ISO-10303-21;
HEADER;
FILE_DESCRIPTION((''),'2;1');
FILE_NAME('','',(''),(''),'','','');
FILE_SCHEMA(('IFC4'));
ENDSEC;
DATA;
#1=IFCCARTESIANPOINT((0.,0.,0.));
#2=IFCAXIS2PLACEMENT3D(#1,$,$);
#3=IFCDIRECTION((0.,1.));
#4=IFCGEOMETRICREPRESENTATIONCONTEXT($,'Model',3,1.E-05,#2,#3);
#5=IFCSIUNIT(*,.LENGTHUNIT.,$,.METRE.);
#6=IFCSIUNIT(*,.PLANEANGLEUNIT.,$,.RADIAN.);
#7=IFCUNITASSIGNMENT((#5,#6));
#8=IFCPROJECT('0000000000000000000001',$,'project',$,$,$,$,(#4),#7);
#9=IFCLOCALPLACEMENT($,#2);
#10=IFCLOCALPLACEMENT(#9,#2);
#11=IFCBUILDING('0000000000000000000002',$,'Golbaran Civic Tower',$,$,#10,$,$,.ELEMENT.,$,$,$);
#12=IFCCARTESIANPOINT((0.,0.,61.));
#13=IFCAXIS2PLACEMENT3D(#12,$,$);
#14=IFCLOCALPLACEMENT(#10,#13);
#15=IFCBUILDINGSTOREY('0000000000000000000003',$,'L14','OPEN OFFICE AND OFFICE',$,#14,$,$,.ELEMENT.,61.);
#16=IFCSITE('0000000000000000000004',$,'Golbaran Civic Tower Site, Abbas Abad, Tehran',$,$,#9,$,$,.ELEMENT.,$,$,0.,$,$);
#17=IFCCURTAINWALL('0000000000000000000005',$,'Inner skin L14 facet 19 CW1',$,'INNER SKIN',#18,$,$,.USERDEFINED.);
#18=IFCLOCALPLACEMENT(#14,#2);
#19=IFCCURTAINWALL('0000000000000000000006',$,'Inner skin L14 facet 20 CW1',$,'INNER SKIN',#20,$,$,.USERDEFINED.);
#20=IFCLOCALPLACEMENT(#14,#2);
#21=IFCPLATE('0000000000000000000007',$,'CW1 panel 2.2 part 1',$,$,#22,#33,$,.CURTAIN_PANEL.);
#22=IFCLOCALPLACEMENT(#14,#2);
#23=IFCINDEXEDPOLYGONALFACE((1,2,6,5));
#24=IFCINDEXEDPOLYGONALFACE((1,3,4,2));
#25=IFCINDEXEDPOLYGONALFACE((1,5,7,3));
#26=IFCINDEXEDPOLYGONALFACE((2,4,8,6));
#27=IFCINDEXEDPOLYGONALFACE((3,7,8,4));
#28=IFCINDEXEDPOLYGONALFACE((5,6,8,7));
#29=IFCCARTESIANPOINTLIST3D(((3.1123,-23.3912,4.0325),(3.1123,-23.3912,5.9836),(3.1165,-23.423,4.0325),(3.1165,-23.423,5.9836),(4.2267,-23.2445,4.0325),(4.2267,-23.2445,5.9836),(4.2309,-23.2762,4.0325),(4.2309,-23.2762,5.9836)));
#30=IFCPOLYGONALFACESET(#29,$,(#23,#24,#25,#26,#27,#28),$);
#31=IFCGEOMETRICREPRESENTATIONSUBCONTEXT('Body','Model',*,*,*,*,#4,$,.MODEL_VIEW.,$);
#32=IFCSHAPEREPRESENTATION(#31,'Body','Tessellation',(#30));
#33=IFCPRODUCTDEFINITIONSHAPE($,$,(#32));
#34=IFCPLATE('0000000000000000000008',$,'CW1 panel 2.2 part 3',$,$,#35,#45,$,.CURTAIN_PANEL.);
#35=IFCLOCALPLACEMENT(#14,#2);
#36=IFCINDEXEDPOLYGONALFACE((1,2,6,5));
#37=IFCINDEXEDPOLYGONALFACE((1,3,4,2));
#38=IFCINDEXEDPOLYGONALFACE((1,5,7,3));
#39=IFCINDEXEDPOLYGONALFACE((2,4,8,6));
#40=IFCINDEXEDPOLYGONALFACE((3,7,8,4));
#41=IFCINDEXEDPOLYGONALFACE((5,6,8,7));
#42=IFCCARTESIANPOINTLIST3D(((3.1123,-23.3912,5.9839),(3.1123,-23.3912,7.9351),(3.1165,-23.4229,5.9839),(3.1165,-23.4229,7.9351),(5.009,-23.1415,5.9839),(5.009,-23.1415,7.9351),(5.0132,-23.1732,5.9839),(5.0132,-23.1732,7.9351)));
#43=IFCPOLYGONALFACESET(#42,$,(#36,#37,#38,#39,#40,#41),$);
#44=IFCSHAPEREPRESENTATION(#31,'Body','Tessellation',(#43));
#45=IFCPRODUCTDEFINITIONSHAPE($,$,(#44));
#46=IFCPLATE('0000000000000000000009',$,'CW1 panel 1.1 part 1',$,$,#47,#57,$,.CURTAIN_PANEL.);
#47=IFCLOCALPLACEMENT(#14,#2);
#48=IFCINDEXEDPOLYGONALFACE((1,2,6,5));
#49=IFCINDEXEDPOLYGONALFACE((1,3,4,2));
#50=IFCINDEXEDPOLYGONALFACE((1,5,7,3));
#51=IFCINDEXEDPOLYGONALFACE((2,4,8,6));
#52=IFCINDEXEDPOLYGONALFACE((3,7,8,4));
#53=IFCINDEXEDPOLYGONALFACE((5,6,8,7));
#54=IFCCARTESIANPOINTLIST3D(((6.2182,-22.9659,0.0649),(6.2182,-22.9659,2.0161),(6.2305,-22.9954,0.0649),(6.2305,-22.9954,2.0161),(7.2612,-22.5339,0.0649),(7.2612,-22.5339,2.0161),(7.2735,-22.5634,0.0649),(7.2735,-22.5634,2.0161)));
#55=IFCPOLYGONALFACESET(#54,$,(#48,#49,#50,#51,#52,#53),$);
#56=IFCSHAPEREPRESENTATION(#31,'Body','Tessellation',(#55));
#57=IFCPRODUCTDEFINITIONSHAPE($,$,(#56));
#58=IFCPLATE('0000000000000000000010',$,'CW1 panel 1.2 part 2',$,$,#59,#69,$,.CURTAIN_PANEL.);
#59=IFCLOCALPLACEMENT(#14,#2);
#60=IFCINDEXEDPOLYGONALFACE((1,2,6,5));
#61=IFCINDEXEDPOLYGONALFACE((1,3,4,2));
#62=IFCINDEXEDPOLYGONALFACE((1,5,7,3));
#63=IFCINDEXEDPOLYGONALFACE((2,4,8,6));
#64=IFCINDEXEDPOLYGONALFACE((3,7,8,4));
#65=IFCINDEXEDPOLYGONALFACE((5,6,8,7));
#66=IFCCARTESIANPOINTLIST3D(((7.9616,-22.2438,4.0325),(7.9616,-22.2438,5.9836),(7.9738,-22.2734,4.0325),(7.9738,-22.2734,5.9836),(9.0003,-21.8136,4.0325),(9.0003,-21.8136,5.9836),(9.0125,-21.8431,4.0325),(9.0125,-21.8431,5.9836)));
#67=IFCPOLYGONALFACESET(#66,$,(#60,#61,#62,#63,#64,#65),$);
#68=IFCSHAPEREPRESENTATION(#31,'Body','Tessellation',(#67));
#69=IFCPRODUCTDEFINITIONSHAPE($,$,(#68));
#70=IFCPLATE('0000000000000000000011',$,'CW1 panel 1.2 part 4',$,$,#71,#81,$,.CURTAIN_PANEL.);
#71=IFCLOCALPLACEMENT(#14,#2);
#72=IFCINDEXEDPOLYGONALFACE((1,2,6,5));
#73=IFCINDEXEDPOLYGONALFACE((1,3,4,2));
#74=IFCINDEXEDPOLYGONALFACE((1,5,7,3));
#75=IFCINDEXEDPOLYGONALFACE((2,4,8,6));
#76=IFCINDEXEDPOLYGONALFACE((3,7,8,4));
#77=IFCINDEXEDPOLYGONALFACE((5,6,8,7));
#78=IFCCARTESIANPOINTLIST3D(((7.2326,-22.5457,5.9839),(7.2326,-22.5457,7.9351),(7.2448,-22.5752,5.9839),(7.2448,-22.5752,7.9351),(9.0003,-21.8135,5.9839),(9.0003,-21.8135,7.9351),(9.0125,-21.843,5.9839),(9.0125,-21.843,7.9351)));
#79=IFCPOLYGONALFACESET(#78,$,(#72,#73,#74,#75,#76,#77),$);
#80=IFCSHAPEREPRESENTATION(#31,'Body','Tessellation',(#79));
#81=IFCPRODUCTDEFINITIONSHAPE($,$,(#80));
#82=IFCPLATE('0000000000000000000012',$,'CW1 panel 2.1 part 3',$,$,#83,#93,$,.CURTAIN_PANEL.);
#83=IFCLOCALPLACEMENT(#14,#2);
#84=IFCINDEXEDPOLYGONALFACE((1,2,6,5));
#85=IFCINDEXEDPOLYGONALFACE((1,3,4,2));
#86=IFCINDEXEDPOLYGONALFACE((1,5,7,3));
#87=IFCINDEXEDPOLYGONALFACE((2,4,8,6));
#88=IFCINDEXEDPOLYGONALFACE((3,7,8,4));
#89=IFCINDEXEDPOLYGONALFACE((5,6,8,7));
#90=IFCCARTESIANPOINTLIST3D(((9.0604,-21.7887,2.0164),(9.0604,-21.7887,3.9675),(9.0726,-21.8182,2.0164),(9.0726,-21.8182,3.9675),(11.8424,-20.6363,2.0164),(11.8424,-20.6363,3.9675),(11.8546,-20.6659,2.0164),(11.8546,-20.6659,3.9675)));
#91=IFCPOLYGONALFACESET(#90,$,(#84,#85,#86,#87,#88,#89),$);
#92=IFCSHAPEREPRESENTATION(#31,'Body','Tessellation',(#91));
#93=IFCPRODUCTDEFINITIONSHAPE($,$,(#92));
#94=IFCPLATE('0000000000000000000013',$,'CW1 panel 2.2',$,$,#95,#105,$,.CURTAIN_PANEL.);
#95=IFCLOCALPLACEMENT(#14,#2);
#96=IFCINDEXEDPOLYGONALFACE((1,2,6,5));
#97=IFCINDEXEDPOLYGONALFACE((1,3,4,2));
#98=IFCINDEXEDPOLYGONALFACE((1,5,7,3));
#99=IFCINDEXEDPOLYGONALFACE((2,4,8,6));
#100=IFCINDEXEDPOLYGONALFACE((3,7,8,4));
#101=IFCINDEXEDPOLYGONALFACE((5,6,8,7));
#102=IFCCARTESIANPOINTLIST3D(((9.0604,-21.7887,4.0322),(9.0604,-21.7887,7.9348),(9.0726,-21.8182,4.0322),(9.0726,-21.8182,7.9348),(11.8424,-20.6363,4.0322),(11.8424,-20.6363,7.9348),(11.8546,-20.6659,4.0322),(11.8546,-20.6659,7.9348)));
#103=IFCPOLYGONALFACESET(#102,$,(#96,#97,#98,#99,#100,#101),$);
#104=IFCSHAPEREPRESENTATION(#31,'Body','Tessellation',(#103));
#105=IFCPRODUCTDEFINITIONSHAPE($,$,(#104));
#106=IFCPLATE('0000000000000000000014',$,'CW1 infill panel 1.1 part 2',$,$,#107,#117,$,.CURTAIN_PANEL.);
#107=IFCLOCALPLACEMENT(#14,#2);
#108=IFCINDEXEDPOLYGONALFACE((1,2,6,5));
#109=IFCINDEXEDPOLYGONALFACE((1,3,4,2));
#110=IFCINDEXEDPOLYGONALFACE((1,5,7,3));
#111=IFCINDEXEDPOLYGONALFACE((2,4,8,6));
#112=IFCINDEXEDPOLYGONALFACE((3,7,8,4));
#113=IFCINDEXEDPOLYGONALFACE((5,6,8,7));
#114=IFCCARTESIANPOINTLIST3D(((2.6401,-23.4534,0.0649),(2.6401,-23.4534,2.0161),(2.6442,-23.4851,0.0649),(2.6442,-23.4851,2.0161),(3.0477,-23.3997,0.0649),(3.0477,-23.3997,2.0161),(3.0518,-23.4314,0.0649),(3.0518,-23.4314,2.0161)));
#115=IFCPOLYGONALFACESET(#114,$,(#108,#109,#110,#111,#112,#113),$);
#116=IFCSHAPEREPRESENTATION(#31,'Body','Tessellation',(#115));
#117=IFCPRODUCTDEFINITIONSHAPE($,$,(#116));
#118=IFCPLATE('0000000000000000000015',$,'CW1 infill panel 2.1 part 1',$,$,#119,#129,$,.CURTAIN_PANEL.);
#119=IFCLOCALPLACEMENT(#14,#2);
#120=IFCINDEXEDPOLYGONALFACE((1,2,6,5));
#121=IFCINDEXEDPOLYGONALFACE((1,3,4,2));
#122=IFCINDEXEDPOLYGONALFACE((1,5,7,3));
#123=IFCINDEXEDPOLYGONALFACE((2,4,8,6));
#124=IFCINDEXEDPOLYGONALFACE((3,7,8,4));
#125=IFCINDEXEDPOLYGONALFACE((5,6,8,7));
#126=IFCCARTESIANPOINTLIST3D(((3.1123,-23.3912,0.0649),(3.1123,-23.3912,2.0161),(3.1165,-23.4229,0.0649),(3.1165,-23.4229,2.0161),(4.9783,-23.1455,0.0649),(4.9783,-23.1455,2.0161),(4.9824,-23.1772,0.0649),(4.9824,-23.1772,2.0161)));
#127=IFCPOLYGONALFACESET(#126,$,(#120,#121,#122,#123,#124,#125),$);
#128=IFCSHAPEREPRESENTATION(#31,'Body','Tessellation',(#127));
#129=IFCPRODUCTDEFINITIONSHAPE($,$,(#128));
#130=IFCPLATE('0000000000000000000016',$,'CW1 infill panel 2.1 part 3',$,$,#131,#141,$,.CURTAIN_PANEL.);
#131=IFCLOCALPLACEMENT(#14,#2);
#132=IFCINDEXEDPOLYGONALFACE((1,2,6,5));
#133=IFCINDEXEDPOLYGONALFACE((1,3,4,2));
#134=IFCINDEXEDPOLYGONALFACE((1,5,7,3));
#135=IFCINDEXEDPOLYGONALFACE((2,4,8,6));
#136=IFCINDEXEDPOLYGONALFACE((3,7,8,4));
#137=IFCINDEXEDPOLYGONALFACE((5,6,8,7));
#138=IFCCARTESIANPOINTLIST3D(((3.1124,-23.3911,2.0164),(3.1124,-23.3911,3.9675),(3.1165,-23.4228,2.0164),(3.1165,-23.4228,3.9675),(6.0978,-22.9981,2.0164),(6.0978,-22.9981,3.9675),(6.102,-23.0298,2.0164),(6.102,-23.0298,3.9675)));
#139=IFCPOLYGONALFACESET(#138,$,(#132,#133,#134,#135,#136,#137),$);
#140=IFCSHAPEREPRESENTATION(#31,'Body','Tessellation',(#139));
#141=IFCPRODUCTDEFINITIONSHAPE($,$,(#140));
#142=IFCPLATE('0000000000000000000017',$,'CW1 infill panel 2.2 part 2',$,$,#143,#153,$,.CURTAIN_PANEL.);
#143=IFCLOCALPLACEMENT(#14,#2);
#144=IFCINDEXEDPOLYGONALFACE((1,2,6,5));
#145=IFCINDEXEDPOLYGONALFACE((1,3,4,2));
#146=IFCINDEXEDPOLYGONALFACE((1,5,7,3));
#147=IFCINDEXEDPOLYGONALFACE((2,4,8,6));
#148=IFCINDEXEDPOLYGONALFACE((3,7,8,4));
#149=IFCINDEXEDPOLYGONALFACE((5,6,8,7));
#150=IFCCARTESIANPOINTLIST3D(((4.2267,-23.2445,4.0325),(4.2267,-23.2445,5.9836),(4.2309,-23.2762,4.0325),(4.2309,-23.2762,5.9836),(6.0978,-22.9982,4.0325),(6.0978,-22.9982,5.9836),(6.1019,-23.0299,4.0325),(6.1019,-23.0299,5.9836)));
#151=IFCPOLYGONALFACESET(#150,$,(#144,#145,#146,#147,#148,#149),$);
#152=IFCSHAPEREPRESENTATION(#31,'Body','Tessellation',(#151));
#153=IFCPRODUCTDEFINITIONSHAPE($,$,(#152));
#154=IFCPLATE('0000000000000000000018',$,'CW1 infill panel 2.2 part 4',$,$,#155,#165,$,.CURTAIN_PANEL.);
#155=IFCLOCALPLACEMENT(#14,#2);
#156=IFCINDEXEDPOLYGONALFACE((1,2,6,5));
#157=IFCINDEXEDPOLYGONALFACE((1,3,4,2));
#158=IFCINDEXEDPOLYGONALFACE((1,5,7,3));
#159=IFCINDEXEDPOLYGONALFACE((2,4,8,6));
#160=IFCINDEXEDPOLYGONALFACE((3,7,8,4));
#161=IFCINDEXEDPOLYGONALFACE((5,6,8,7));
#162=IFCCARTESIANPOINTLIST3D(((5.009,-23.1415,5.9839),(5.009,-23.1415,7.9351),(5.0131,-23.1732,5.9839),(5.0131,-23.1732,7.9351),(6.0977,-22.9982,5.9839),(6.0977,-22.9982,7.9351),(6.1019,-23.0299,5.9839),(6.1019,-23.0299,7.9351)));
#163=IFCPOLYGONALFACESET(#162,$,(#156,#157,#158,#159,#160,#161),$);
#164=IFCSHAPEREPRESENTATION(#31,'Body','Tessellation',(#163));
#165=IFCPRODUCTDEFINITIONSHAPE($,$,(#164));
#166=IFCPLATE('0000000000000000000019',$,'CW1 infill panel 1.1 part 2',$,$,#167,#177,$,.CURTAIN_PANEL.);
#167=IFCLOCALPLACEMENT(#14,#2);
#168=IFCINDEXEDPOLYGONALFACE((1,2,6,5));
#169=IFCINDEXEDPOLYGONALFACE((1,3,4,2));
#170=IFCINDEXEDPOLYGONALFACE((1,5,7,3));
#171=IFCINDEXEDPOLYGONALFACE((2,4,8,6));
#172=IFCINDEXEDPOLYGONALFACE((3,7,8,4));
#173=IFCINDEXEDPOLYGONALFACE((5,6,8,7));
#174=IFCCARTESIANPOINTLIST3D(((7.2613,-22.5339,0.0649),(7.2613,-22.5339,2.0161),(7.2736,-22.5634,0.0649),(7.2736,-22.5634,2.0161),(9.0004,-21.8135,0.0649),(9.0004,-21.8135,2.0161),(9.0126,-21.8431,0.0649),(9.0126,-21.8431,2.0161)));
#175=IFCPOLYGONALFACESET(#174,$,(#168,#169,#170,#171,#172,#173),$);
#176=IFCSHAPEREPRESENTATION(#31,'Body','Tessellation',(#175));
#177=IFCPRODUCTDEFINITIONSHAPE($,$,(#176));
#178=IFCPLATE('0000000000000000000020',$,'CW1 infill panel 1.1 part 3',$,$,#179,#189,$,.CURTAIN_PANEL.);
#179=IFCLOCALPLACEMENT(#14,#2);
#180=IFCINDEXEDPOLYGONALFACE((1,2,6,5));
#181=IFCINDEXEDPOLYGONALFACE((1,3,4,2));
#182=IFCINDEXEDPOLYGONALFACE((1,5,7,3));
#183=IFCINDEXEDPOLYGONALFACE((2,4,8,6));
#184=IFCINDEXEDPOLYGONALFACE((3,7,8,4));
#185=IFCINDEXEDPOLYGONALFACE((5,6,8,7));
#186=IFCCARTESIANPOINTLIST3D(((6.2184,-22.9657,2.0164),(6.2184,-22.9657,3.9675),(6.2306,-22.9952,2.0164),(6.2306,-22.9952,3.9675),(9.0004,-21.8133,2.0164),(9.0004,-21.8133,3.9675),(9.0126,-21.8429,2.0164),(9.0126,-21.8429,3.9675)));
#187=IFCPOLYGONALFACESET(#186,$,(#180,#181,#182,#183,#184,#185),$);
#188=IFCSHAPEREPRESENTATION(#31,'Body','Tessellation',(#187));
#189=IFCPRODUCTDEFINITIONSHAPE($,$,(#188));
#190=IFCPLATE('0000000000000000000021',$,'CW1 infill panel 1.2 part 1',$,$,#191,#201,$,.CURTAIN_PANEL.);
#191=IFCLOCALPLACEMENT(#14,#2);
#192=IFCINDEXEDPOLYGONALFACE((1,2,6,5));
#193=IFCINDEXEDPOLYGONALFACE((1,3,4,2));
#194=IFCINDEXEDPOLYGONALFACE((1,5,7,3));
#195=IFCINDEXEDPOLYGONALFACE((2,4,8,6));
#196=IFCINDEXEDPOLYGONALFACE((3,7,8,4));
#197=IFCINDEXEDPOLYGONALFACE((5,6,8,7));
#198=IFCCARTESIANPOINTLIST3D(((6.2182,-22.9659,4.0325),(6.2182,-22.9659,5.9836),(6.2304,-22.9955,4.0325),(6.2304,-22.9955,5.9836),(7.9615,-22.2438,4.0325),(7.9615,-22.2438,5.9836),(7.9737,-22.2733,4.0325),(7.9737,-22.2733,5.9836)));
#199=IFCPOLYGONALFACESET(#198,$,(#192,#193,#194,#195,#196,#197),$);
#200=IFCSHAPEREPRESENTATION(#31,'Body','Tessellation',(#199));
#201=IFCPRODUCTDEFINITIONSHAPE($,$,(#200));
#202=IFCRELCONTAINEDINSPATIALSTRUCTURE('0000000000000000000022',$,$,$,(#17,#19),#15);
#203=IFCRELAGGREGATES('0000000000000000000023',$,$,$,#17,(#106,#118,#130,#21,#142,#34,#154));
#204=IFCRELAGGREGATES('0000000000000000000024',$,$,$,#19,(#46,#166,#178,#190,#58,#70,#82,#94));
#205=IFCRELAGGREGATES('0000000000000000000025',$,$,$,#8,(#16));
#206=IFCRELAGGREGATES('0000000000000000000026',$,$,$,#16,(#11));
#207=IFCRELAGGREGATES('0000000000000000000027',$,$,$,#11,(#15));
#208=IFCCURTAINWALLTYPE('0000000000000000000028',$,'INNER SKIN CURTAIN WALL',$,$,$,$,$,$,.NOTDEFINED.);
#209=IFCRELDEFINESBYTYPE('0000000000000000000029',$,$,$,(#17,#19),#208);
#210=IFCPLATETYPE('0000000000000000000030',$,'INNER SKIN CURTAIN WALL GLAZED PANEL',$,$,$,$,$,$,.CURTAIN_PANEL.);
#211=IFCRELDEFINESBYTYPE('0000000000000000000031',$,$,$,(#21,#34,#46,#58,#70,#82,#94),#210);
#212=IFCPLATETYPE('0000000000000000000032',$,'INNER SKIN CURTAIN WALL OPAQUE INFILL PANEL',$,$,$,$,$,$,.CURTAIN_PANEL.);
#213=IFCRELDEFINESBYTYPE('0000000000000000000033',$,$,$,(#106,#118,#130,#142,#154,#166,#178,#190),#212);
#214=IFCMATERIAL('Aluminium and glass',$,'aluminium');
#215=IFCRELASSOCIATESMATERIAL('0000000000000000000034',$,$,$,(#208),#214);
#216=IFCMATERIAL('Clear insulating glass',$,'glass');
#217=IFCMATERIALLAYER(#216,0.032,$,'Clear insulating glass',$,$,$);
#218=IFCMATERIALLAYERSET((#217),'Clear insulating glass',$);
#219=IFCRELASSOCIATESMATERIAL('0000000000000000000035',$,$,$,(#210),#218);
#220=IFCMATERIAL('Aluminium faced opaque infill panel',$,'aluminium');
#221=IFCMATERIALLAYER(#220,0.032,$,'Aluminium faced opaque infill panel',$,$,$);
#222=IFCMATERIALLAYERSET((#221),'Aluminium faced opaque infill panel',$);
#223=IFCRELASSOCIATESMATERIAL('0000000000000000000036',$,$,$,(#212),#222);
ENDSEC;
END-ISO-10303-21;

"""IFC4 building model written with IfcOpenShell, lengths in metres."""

from ifc_helpers import new_model, si_unit, direction, frame, origin, origin_2d, place, context, subcontext, project, spatial, rectangle, extrude, material, layer, layer_set, type_object, element, aggregate, save


model = new_model("IFC4")

# Units and contexts
model_context = context("Model", 3, precision=1e-05, world=origin(), true_north=direction((0.0, 1.0)))
body_context = subcontext(model_context, "Body", "Model", "MODEL_VIEW")
ifc_project = project(units=[si_unit("LENGTHUNIT", "METRE"), si_unit("PLANEANGLEUNIT", "RADIAN")], contexts=[model_context])

# Site, building, storey
site_placement = place(None, origin())
site = spatial("IfcSite", under=ifc_project, at=site_placement, Name="Golbaran Civic Tower Site, Abbas Abad, Tehran", CompositionType="ELEMENT", RefElevation=0.0)
building_placement = place(site_placement, origin())
building = spatial("IfcBuilding", under=site, at=building_placement, Name="Golbaran Civic Tower", CompositionType="ELEMENT")
storey_placement = place(building_placement, frame((0.0, 0.0, 61.0)))
storey = spatial("IfcBuildingStorey", under=building, at=storey_placement, Name="L14", Description="OPEN OFFICE AND OFFICE", CompositionType="ELEMENT", Elevation=61.0)

# Curtain walls
ifc_material_1 = material(Name="Aluminium and glass", Category="aluminium")
curtain_wall_type = type_object("IfcCurtainWallType", Name="INNER SKIN CURTAIN WALL", PredefinedType="NOTDEFINED", material=ifc_material_1)
curtain_wall_1_placement = place(storey_placement, origin())
curtain_wall_1 = element("IfcCurtainWall", 1, at=curtain_wall_1_placement, inside=storey, type_object=curtain_wall_type, Name="Inner skin L14 facet 19 CW1", ObjectType="INNER SKIN", PredefinedType="USERDEFINED")
curtain_wall_2_placement = place(storey_placement, origin())
curtain_wall_2 = element("IfcCurtainWall", 2, at=curtain_wall_2_placement, inside=storey, type_object=curtain_wall_type, Name="Inner skin L14 facet 20 CW1", ObjectType="INNER SKIN", PredefinedType="USERDEFINED")

# Plates
ifc_material_2 = material(Name="Clear insulating glass", Category="glass")
ifc_layer_1 = layer(ifc_material_2, 0.032, Name="Clear insulating glass")
ifc_layer_set_1 = layer_set([ifc_layer_1], Name="Clear insulating glass")
plate_type_1 = type_object("IfcPlateType", Name="INNER SKIN CURTAIN WALL GLAZED PANEL", PredefinedType="CURTAIN_PANEL", material=ifc_layer_set_1)
plate_1_placement = place(storey_placement, frame((3.6716, -23.3337, 4.0325), z_axis=(0.0, 0.0, 1.0), x_axis=(0.991445, 0.130526, 0.0)))
plate_1 = element("IfcPlate", 3, at=plate_1_placement, type_object=plate_type_1, Name="CW1 panel 2.2 part 1", PredefinedType="CURTAIN_PANEL", context=body_context, shape_type="SweptSolid", body=[
    extrude(rectangle(XDim=1.124, YDim=0.032, at=origin_2d()), origin(), (0.0, 0.0, 1.0), 1.9512),
])
plate_2_placement = place(storey_placement, frame((4.0627, -23.2822, 5.9839), z_axis=(0.0, 0.0, 1.0), x_axis=(0.991445, 0.130526, 0.0)))
plate_2 = element("IfcPlate", 4, at=plate_2_placement, type_object=plate_type_1, Name="CW1 panel 2.2 part 3", PredefinedType="CURTAIN_PANEL", context=body_context, shape_type="SweptSolid", body=[
    extrude(rectangle(XDim=1.9131, YDim=0.032, at=origin_2d()), origin(), (0.0, 0.0, 1.0), 1.9512),
])
plate_3_placement = place(storey_placement, frame((6.7458, -22.7646, 0.0649), z_axis=(0.0, 0.0, 1.0), x_axis=(0.92388, 0.382683, 0.0)))
plate_3 = element("IfcPlate", 5, at=plate_3_placement, type_object=plate_type_1, Name="CW1 panel 1.1 part 1", PredefinedType="CURTAIN_PANEL", context=body_context, shape_type="SweptSolid", body=[
    extrude(rectangle(XDim=1.1289, YDim=0.032, at=origin_2d()), origin(), (0.0, 0.0, 1.0), 1.9512),
])
plate_4_placement = place(storey_placement, frame((8.4871, -22.0435, 4.0325), z_axis=(0.0, 0.0, 1.0), x_axis=(0.92388, 0.382683, 0.0)))
plate_4 = element("IfcPlate", 6, at=plate_4_placement, type_object=plate_type_1, Name="CW1 panel 1.2 part 2", PredefinedType="CURTAIN_PANEL", context=body_context, shape_type="SweptSolid", body=[
    extrude(rectangle(XDim=1.1243, YDim=0.032, at=origin_2d()), origin(), (0.0, 0.0, 1.0), 1.9512),
])
plate_5_placement = place(storey_placement, frame((8.1226, -22.1943, 5.9839), z_axis=(0.0, 0.0, 1.0), x_axis=(0.92388, 0.382683, 0.0)))
plate_5 = element("IfcPlate", 7, at=plate_5_placement, type_object=plate_type_1, Name="CW1 panel 1.2 part 4", PredefinedType="CURTAIN_PANEL", context=body_context, shape_type="SweptSolid", body=[
    extrude(rectangle(XDim=1.9133, YDim=0.032, at=origin_2d()), origin(), (0.0, 0.0, 1.0), 1.9512),
])
plate_6_placement = place(storey_placement, frame((10.4575, -21.2273, 2.0164), z_axis=(0.0, 0.0, 1.0), x_axis=(0.92388, 0.382683, 0.0)))
plate_6 = element("IfcPlate", 8, at=plate_6_placement, type_object=plate_type_1, Name="CW1 panel 2.1 part 3", PredefinedType="CURTAIN_PANEL", context=body_context, shape_type="SweptSolid", body=[
    extrude(rectangle(XDim=3.0112, YDim=0.032, at=origin_2d()), origin(), (0.0, 0.0, 1.0), 1.9512),
])
plate_7_placement = place(storey_placement, frame((10.4575, -21.2273, 4.0322), z_axis=(0.0, 0.0, 1.0), x_axis=(0.92388, 0.382683, 0.0)))
plate_7 = element("IfcPlate", 9, at=plate_7_placement, type_object=plate_type_1, Name="CW1 panel 2.2", PredefinedType="CURTAIN_PANEL", context=body_context, shape_type="SweptSolid", body=[
    extrude(rectangle(XDim=3.0112, YDim=0.032, at=origin_2d()), origin(), (0.0, 0.0, 1.0), 3.9026),
])
ifc_material_3 = material(Name="Aluminium faced opaque infill panel", Category="aluminium")
ifc_layer_2 = layer(ifc_material_3, 0.032, Name="Aluminium faced opaque infill panel")
ifc_layer_set_2 = layer_set([ifc_layer_2], Name="Aluminium faced opaque infill panel")
plate_type_2 = type_object("IfcPlateType", Name="INNER SKIN CURTAIN WALL OPAQUE INFILL PANEL", PredefinedType="CURTAIN_PANEL", material=ifc_layer_set_2)
plate_8_placement = place(storey_placement, frame((2.8459, -23.4424, 0.0649), z_axis=(0.0, 0.0, 1.0), x_axis=(0.991445, 0.130526, 0.0)))
plate_8 = element("IfcPlate", 10, at=plate_8_placement, type_object=plate_type_2, Name="CW1 infill panel 1.1 part 2", PredefinedType="CURTAIN_PANEL", context=body_context, shape_type="SweptSolid", body=[
    extrude(rectangle(XDim=0.4111, YDim=0.032, at=origin_2d()), origin(), (0.0, 0.0, 1.0), 1.9512),
])
plate_9_placement = place(storey_placement, frame((4.0474, -23.2842, 0.0649), z_axis=(0.0, 0.0, 1.0), x_axis=(0.991445, 0.130526, 0.0)))
plate_9 = element("IfcPlate", 11, at=plate_9_placement, type_object=plate_type_2, Name="CW1 infill panel 2.1 part 1", PredefinedType="CURTAIN_PANEL", context=body_context, shape_type="SweptSolid", body=[
    extrude(rectangle(XDim=1.8821, YDim=0.032, at=origin_2d()), origin(), (0.0, 0.0, 1.0), 1.9512),
])
plate_10_placement = place(storey_placement, frame((4.6072, -23.2104, 2.0164), z_axis=(0.0, 0.0, 1.0), x_axis=(0.991445, 0.130526, 0.0)))
plate_10 = element("IfcPlate", 12, at=plate_10_placement, type_object=plate_type_2, Name="CW1 infill panel 2.1 part 3", PredefinedType="CURTAIN_PANEL", context=body_context, shape_type="SweptSolid", body=[
    extrude(rectangle(XDim=3.0112, YDim=0.032, at=origin_2d()), origin(), (0.0, 0.0, 1.0), 1.9512),
])
plate_11_placement = place(storey_placement, frame((5.1643, -23.1372, 4.0325), z_axis=(0.0, 0.0, 1.0), x_axis=(0.991445, 0.130526, 0.0)))
plate_11 = element("IfcPlate", 13, at=plate_11_placement, type_object=plate_type_2, Name="CW1 infill panel 2.2 part 2", PredefinedType="CURTAIN_PANEL", context=body_context, shape_type="SweptSolid", body=[
    extrude(rectangle(XDim=1.8872, YDim=0.032, at=origin_2d()), origin(), (0.0, 0.0, 1.0), 1.9512),
])
plate_12_placement = place(storey_placement, frame((5.5554, -23.0857, 5.9839), z_axis=(0.0, 0.0, 1.0), x_axis=(0.991445, 0.130526, 0.0)))
plate_12 = element("IfcPlate", 14, at=plate_12_placement, type_object=plate_type_2, Name="CW1 infill panel 2.2 part 4", PredefinedType="CURTAIN_PANEL", context=body_context, shape_type="SweptSolid", body=[
    extrude(rectangle(XDim=1.0981, YDim=0.032, at=origin_2d()), origin(), (0.0, 0.0, 1.0), 1.9512),
])
aggregate(curtain_wall_1, [plate_8, plate_9, plate_10, plate_1, plate_11, plate_2, plate_12])
plate_13_placement = place(storey_placement, frame((8.137, -22.1885, 0.0649), z_axis=(0.0, 0.0, 1.0), x_axis=(0.92388, 0.382683, 0.0)))
plate_13 = element("IfcPlate", 15, at=plate_13_placement, type_object=plate_type_2, Name="CW1 infill panel 1.1 part 2", PredefinedType="CURTAIN_PANEL", context=body_context, shape_type="SweptSolid", body=[
    extrude(rectangle(XDim=1.8823, YDim=0.032, at=origin_2d()), origin(), (0.0, 0.0, 1.0), 1.9512),
])
plate_14_placement = place(storey_placement, frame((7.6155, -22.4043, 2.0164), z_axis=(0.0, 0.0, 1.0), x_axis=(0.92388, 0.382683, 0.0)))
plate_14 = element("IfcPlate", 16, at=plate_14_placement, type_object=plate_type_2, Name="CW1 infill panel 1.1 part 3", PredefinedType="CURTAIN_PANEL", context=body_context, shape_type="SweptSolid", body=[
    extrude(rectangle(XDim=3.0112, YDim=0.032, at=origin_2d()), origin(), (0.0, 0.0, 1.0), 1.9512),
])
plate_15_placement = place(storey_placement, frame((7.0959, -22.6196, 4.0325), z_axis=(0.0, 0.0, 1.0), x_axis=(0.92388, 0.382683, 0.0)))
plate_15 = element("IfcPlate", 17, at=plate_15_placement, type_object=plate_type_2, Name="CW1 infill panel 1.2 part 1", PredefinedType="CURTAIN_PANEL", context=body_context, shape_type="SweptSolid", body=[
    extrude(rectangle(XDim=1.887, YDim=0.032, at=origin_2d()), origin(), (0.0, 0.0, 1.0), 1.9512),
])
aggregate(curtain_wall_2, [plate_3, plate_13, plate_14, plate_15, plate_4, plate_5, plate_6, plate_7])

save(model, "model.ifc")
